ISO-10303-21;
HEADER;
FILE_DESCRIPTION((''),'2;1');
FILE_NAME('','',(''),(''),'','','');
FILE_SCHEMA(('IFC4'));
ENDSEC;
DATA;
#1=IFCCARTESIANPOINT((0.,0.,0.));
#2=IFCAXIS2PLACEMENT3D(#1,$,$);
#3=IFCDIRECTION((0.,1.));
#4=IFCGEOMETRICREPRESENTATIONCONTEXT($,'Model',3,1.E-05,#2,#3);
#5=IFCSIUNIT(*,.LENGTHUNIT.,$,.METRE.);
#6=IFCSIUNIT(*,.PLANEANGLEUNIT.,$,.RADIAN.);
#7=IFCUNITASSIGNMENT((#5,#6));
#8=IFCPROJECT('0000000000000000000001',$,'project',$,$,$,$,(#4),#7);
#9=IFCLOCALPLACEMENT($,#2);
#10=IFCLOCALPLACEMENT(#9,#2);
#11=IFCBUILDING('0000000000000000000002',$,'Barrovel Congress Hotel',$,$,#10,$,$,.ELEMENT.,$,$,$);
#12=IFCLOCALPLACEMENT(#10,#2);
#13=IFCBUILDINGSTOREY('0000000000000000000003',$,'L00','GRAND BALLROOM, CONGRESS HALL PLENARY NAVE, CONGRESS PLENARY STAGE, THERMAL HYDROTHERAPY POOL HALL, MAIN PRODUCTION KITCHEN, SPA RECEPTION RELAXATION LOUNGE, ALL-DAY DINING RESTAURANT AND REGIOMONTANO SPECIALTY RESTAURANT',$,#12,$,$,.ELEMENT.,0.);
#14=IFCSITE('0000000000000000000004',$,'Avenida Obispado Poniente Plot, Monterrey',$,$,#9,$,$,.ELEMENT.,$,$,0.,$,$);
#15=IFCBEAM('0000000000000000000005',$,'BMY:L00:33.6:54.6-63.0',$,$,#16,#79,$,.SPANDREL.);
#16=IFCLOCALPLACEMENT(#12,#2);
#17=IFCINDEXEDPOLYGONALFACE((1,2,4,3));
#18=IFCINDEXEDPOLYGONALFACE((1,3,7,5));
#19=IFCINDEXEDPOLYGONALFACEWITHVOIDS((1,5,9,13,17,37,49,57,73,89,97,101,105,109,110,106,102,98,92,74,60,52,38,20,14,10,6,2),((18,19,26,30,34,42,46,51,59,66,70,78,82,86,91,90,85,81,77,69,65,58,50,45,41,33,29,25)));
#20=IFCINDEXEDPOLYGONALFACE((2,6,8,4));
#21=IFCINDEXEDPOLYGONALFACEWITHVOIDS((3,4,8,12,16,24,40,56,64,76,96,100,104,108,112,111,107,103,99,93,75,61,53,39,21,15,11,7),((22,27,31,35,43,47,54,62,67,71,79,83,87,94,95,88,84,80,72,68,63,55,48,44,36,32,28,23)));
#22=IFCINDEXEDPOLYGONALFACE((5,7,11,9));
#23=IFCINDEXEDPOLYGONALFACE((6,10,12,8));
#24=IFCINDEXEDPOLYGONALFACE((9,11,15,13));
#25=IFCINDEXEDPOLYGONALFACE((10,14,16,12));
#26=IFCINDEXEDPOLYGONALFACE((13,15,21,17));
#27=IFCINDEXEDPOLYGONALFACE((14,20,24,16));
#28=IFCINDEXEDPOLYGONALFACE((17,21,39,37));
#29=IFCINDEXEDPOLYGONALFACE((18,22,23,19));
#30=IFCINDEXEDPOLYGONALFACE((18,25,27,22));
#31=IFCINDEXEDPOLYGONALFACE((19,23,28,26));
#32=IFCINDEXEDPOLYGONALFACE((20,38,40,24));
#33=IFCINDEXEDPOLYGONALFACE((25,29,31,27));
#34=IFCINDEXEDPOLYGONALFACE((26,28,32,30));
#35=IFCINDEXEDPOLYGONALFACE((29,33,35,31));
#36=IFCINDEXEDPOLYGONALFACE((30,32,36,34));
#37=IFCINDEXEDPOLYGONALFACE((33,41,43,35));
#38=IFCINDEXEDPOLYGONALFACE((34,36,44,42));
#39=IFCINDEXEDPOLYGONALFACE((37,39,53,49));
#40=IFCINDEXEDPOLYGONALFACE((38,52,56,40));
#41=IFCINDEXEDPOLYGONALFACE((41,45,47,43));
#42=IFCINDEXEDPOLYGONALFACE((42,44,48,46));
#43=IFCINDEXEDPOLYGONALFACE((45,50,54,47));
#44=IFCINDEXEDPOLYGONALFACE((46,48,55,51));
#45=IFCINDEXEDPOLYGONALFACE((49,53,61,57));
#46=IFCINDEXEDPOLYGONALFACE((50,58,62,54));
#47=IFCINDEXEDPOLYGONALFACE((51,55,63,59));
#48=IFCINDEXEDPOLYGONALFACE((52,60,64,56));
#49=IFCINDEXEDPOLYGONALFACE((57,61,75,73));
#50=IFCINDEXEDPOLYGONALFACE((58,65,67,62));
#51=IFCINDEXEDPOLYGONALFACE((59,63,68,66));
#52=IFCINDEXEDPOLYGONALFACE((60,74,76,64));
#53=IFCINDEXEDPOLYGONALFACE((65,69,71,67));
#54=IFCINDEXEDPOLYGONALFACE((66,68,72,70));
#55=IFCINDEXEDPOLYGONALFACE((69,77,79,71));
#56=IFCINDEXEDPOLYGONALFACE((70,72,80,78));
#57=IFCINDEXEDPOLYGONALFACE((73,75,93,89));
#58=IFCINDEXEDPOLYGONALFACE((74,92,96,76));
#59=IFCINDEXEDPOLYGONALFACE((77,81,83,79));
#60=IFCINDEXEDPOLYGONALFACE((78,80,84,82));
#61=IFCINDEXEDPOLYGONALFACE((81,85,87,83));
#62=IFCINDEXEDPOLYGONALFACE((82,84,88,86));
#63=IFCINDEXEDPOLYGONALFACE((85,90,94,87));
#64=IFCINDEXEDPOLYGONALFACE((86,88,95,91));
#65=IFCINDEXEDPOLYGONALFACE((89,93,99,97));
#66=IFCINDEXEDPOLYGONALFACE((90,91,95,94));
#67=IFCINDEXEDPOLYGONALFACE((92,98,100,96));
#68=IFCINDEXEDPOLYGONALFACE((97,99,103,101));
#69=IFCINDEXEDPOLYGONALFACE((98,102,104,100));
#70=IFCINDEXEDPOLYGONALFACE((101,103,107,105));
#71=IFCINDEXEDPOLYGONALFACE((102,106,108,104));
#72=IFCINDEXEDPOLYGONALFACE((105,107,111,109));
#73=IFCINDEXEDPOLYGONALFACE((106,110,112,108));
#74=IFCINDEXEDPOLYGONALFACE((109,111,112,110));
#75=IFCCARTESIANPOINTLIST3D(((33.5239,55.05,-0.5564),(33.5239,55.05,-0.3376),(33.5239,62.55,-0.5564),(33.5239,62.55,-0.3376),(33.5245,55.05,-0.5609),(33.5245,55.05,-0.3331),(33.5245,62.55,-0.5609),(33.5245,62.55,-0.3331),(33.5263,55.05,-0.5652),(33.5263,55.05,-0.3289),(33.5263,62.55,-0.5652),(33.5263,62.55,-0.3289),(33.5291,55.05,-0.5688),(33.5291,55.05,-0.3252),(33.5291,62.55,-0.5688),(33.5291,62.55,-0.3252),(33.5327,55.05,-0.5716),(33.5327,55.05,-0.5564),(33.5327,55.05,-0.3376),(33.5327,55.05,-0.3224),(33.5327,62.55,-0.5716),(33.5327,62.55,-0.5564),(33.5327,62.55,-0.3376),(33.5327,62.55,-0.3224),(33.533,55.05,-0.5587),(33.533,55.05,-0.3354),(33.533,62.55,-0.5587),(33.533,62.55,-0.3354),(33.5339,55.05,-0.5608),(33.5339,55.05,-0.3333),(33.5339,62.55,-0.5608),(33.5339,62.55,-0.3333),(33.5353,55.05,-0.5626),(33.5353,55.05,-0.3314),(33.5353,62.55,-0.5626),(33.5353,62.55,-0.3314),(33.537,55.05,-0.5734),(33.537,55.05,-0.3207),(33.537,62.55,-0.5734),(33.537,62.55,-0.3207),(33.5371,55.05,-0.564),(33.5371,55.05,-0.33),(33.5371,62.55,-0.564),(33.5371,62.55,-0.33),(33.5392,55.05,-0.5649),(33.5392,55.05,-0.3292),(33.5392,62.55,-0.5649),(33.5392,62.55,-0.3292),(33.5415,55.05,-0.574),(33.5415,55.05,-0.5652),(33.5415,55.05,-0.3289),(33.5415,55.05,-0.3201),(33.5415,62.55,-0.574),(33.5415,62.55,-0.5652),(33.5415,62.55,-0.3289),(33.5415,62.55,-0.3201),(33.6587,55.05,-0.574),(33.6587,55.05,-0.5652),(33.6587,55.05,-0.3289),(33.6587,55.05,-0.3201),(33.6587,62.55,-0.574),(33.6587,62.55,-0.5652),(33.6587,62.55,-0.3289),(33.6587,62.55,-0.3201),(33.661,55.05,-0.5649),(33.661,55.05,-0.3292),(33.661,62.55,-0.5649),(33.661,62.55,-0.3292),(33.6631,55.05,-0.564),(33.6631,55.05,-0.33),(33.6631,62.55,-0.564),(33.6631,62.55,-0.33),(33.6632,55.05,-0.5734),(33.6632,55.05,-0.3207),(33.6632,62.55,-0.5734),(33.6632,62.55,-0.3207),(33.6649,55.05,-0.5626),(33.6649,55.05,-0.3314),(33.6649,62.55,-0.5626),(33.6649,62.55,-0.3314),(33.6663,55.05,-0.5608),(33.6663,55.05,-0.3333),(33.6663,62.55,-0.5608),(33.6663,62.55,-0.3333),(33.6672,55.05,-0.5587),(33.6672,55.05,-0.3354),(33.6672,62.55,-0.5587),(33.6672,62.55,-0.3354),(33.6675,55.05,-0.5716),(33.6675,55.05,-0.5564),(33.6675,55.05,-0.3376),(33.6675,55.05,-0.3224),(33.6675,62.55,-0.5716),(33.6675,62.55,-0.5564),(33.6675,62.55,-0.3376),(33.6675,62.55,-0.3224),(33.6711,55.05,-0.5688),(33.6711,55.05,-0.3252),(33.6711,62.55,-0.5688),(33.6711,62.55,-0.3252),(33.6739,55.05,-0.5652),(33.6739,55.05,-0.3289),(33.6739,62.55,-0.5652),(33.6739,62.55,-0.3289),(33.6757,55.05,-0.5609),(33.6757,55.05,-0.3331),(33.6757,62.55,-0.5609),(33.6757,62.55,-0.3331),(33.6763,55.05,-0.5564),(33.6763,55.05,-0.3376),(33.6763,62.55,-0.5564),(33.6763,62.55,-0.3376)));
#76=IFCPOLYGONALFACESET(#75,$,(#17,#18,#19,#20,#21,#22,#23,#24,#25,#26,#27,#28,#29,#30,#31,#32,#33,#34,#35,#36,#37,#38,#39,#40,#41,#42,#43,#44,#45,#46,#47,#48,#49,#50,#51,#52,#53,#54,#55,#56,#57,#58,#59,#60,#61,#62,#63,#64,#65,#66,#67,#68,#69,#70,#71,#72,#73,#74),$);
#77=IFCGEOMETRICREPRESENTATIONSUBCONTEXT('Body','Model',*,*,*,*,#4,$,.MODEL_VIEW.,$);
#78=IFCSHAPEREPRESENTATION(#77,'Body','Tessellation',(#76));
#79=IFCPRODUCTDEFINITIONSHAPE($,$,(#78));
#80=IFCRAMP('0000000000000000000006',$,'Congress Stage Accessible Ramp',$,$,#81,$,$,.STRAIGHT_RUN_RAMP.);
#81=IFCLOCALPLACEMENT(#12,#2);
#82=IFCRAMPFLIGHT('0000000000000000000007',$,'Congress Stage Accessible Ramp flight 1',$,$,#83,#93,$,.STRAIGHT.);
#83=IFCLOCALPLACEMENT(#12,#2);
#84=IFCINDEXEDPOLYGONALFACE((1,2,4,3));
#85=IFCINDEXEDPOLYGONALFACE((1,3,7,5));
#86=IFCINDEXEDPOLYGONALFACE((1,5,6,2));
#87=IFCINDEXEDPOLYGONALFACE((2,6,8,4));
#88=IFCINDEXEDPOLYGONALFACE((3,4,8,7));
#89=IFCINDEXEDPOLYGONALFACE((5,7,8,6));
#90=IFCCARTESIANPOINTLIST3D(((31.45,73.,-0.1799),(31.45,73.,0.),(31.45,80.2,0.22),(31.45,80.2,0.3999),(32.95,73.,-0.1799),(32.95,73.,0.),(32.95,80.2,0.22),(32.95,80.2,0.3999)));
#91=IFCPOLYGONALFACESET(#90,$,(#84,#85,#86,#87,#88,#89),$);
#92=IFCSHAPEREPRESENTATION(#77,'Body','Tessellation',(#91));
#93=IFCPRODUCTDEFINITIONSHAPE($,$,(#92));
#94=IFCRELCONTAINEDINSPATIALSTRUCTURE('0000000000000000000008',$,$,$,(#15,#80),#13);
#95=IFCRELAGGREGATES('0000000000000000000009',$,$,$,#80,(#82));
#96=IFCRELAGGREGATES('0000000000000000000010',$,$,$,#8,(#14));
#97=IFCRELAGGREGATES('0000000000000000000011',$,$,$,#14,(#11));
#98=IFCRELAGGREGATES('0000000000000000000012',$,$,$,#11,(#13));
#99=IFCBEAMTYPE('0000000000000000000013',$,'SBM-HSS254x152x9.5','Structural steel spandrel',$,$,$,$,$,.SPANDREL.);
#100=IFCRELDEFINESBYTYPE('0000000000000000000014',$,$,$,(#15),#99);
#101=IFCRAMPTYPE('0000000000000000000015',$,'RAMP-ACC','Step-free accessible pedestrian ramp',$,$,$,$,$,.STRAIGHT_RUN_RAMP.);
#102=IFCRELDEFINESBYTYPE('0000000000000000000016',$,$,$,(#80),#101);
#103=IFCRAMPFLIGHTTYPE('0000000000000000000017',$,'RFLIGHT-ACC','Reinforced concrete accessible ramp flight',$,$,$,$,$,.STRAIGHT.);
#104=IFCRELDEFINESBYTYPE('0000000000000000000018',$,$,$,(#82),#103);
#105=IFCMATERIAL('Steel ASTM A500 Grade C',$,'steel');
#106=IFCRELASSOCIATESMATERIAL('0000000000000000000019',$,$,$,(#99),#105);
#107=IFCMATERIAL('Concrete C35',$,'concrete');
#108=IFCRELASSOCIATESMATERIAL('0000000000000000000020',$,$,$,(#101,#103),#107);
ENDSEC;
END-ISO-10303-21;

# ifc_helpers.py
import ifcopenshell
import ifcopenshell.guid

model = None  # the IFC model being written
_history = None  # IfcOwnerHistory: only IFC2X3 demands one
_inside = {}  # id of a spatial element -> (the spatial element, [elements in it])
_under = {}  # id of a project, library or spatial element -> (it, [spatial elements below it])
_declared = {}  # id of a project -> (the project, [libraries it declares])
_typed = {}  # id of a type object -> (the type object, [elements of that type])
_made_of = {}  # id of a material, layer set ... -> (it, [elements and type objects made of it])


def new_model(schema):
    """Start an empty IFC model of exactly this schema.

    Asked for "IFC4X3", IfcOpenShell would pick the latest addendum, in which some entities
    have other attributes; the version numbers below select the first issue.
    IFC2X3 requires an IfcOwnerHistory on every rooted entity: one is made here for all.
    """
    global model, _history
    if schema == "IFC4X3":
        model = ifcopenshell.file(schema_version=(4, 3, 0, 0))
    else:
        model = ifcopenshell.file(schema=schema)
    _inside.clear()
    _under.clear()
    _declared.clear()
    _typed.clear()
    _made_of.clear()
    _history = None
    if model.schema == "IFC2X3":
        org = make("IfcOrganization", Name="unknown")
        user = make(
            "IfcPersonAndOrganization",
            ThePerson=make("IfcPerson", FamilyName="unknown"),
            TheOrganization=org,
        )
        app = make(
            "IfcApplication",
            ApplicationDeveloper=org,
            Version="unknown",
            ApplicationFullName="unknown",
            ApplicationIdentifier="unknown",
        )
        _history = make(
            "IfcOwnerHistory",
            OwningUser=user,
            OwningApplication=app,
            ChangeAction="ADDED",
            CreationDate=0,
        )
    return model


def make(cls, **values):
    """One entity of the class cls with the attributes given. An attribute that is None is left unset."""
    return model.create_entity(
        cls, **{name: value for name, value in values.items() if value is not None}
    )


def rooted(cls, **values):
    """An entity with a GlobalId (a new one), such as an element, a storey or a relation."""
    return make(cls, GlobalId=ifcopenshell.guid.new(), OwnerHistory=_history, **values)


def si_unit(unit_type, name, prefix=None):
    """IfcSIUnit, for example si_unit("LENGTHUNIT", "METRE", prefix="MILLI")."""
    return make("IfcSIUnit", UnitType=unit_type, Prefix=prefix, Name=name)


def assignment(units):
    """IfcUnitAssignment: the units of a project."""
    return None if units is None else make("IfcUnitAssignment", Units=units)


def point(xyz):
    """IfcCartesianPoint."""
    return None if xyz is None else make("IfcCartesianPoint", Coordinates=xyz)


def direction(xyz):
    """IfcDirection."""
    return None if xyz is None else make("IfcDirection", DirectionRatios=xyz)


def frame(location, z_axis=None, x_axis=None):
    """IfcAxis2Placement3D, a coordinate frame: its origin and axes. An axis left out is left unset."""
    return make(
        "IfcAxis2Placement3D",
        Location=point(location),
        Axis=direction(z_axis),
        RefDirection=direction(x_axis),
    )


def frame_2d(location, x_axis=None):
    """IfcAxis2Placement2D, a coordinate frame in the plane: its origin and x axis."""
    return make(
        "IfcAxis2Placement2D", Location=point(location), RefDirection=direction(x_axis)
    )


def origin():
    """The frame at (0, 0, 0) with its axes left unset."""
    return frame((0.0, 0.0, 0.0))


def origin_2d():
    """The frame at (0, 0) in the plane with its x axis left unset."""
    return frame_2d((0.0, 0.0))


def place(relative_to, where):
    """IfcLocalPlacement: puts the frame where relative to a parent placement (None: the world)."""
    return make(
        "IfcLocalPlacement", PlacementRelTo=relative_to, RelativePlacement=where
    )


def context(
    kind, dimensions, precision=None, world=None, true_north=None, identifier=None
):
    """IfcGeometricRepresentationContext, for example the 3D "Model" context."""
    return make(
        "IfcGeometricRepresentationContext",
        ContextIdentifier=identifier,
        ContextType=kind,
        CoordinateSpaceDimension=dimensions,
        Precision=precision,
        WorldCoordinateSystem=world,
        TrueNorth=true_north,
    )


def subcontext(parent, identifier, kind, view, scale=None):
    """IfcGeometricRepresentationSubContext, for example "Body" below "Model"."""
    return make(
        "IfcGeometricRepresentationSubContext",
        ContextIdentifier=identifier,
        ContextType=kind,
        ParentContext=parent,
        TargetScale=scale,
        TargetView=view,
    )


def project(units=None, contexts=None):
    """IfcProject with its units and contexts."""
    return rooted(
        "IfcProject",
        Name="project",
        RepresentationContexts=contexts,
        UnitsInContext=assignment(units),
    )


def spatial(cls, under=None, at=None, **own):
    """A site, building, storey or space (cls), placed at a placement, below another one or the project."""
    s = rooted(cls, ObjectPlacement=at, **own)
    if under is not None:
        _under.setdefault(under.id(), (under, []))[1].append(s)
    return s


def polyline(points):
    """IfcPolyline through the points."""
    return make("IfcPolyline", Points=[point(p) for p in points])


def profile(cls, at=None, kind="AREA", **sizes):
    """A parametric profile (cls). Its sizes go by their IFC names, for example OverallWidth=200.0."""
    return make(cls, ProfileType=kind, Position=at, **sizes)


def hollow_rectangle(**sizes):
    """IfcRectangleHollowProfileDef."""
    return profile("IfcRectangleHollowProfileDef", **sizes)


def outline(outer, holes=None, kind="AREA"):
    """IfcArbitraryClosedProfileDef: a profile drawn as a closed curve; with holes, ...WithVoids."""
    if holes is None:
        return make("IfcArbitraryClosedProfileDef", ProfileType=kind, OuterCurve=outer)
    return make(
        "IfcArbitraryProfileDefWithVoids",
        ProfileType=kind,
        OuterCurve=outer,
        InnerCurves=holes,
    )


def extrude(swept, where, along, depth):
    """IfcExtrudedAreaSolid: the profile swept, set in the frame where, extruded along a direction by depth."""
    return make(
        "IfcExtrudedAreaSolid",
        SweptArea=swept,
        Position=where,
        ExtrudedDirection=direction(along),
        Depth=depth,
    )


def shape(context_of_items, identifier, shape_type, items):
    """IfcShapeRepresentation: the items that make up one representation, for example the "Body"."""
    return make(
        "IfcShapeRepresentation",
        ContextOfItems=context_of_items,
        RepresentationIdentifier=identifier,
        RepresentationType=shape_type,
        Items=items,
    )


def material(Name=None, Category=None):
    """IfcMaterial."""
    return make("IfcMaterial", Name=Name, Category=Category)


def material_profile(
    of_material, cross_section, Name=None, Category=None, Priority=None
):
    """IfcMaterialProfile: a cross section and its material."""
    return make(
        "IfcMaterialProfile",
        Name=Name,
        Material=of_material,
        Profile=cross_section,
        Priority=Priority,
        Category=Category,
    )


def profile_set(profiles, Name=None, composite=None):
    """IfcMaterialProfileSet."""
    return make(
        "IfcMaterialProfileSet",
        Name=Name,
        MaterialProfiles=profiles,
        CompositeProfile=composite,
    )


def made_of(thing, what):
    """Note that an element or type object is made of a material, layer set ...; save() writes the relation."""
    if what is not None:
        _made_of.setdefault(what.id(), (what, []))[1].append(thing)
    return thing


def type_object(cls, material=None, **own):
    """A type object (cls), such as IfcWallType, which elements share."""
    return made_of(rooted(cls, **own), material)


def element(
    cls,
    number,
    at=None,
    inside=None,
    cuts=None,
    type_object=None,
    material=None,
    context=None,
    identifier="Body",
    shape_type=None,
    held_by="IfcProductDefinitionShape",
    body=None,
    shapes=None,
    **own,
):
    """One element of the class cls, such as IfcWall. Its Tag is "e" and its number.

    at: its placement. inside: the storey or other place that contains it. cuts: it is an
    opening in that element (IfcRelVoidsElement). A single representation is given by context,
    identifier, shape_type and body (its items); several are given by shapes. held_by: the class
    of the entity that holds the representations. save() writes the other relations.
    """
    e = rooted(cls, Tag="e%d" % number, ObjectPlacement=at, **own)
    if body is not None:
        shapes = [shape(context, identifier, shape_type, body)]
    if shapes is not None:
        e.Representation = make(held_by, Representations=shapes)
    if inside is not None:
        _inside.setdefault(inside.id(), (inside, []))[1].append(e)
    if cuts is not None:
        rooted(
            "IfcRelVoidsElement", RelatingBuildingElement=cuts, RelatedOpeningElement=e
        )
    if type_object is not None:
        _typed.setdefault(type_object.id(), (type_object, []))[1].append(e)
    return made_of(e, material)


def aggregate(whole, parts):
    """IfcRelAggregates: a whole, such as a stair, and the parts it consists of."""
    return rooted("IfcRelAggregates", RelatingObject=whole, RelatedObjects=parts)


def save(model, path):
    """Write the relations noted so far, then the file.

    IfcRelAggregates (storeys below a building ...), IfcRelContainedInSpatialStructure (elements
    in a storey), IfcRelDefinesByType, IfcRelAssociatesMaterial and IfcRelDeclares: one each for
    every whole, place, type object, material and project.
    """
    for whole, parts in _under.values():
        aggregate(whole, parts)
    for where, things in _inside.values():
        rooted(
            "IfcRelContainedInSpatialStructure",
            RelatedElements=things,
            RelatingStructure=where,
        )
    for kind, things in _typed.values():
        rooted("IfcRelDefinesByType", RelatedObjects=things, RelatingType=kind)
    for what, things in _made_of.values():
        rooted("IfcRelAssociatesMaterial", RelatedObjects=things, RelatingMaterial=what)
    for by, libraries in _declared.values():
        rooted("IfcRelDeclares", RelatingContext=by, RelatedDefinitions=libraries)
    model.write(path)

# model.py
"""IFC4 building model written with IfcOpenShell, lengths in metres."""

from ifc_helpers import new_model, si_unit, direction, frame, origin, origin_2d, place, context, subcontext, project, spatial, polyline, hollow_rectangle, outline, extrude, material, material_profile, profile_set, type_object, element, aggregate, save


model = new_model("IFC4")

# Units and contexts
model_context = context("Model", 3, precision=1e-05, world=origin(), true_north=direction((0.0, 1.0)))
body_context = subcontext(model_context, "Body", "Model", "MODEL_VIEW")
ifc_project = project(units=[si_unit("LENGTHUNIT", "METRE"), si_unit("PLANEANGLEUNIT", "RADIAN")], contexts=[model_context])

# Site, building, storey
site_placement = place(None, origin())
site = spatial("IfcSite", under=ifc_project, at=site_placement, Name="Avenida Obispado Poniente Plot, Monterrey", CompositionType="ELEMENT", RefElevation=0.0)
building_placement = place(site_placement, origin())
building = spatial("IfcBuilding", under=site, at=building_placement, Name="Barrovel Congress Hotel", CompositionType="ELEMENT")
storey_placement = place(building_placement, origin())
storey = spatial("IfcBuildingStorey", under=building, at=storey_placement, Name="L00", Description="GRAND BALLROOM, CONGRESS HALL PLENARY NAVE, CONGRESS PLENARY STAGE, THERMAL HYDROTHERAPY POOL HALL, MAIN PRODUCTION KITCHEN, SPA RECEPTION RELAXATION LOUNGE, ALL-DAY DINING RESTAURANT AND REGIOMONTANO SPECIALTY RESTAURANT", CompositionType="ELEMENT", Elevation=0.0)

# Shared definitions
ifc_material_1 = material(Name="Concrete C35", Category="concrete")

# Beam
ifc_material_2 = material(Name="Steel ASTM A500 Grade C", Category="steel")
ifc_material_profile_1 = material_profile(ifc_material_2, hollow_rectangle(XDim=0.1523, YDim=0.2539, WallThickness=0.0088, InnerFilletRadius=0.0088, OuterFilletRadius=0.0176, at=origin_2d()), Name="HSS254x152x9.5")
ifc_profile_set_1 = profile_set([ifc_material_profile_1], Name="Steel ASTM A500 Grade C")
beam_type_1 = type_object("IfcBeamType", Name="SBM-HSS254x152x9.5", Description="Structural steel spandrel", PredefinedType="SPANDREL", material=ifc_profile_set_1)
beam_1_placement = place(storey_placement, frame((33.6001, 55.05, -0.447), z_axis=(0.0, 1.0, 0.0), x_axis=(-1.0, 0.0, 0.0)))
element("IfcBeam", 1, at=beam_1_placement, inside=storey, type_object=beam_type_1, Name="BMY:L00:33.6:54.6-63.0", PredefinedType="SPANDREL", context=body_context, shape_type="SweptSolid", body=[
    extrude(hollow_rectangle(XDim=0.1523, YDim=0.2539, WallThickness=0.0088, InnerFilletRadius=0.0088, OuterFilletRadius=0.0176, at=origin_2d()), origin(), (0.0, 0.0, 1.0), 7.5),
])

# Ramp, ramp flight
ramp_type = type_object("IfcRampType", Name="RAMP-ACC", Description="Step-free accessible pedestrian ramp", PredefinedType="STRAIGHT_RUN_RAMP", material=ifc_material_1)
ramp_placement = place(storey_placement, origin())
ramp = element("IfcRamp", 2, at=ramp_placement, inside=storey, type_object=ramp_type, Name="Congress Stage Accessible Ramp", PredefinedType="STRAIGHT_RUN_RAMP")
ramp_flight_type = type_object("IfcRampFlightType", Name="RFLIGHT-ACC", Description="Reinforced concrete accessible ramp flight", PredefinedType="STRAIGHT", material=ifc_material_1)
ramp_flight_placement = place(storey_placement, frame((32.2, 73.0, -0.1799), z_axis=(0.0, 0.0, 1.0), x_axis=(0.0, 1.0, 0.0)))
ramp_flight = element("IfcRampFlight", 3, at=ramp_flight_placement, type_object=ramp_flight_type, Name="Congress Stage Accessible Ramp flight 1", PredefinedType="STRAIGHT", context=body_context, shape_type="SweptSolid", body=[
    extrude(outline(polyline([(0.0, 0.0), (0.0, 0.1799), (7.2, 0.5798), (7.2, 0.3999), (0.0, 0.0)])), frame((0.0, 0.75, 0.0), z_axis=(0.0, -1.0, 0.0), x_axis=(1.0, 0.0, 0.0)), (0.0, 0.0, 1.0), 1.5),
])
aggregate(ramp, [ramp_flight])

save(model, "model.ifc")
